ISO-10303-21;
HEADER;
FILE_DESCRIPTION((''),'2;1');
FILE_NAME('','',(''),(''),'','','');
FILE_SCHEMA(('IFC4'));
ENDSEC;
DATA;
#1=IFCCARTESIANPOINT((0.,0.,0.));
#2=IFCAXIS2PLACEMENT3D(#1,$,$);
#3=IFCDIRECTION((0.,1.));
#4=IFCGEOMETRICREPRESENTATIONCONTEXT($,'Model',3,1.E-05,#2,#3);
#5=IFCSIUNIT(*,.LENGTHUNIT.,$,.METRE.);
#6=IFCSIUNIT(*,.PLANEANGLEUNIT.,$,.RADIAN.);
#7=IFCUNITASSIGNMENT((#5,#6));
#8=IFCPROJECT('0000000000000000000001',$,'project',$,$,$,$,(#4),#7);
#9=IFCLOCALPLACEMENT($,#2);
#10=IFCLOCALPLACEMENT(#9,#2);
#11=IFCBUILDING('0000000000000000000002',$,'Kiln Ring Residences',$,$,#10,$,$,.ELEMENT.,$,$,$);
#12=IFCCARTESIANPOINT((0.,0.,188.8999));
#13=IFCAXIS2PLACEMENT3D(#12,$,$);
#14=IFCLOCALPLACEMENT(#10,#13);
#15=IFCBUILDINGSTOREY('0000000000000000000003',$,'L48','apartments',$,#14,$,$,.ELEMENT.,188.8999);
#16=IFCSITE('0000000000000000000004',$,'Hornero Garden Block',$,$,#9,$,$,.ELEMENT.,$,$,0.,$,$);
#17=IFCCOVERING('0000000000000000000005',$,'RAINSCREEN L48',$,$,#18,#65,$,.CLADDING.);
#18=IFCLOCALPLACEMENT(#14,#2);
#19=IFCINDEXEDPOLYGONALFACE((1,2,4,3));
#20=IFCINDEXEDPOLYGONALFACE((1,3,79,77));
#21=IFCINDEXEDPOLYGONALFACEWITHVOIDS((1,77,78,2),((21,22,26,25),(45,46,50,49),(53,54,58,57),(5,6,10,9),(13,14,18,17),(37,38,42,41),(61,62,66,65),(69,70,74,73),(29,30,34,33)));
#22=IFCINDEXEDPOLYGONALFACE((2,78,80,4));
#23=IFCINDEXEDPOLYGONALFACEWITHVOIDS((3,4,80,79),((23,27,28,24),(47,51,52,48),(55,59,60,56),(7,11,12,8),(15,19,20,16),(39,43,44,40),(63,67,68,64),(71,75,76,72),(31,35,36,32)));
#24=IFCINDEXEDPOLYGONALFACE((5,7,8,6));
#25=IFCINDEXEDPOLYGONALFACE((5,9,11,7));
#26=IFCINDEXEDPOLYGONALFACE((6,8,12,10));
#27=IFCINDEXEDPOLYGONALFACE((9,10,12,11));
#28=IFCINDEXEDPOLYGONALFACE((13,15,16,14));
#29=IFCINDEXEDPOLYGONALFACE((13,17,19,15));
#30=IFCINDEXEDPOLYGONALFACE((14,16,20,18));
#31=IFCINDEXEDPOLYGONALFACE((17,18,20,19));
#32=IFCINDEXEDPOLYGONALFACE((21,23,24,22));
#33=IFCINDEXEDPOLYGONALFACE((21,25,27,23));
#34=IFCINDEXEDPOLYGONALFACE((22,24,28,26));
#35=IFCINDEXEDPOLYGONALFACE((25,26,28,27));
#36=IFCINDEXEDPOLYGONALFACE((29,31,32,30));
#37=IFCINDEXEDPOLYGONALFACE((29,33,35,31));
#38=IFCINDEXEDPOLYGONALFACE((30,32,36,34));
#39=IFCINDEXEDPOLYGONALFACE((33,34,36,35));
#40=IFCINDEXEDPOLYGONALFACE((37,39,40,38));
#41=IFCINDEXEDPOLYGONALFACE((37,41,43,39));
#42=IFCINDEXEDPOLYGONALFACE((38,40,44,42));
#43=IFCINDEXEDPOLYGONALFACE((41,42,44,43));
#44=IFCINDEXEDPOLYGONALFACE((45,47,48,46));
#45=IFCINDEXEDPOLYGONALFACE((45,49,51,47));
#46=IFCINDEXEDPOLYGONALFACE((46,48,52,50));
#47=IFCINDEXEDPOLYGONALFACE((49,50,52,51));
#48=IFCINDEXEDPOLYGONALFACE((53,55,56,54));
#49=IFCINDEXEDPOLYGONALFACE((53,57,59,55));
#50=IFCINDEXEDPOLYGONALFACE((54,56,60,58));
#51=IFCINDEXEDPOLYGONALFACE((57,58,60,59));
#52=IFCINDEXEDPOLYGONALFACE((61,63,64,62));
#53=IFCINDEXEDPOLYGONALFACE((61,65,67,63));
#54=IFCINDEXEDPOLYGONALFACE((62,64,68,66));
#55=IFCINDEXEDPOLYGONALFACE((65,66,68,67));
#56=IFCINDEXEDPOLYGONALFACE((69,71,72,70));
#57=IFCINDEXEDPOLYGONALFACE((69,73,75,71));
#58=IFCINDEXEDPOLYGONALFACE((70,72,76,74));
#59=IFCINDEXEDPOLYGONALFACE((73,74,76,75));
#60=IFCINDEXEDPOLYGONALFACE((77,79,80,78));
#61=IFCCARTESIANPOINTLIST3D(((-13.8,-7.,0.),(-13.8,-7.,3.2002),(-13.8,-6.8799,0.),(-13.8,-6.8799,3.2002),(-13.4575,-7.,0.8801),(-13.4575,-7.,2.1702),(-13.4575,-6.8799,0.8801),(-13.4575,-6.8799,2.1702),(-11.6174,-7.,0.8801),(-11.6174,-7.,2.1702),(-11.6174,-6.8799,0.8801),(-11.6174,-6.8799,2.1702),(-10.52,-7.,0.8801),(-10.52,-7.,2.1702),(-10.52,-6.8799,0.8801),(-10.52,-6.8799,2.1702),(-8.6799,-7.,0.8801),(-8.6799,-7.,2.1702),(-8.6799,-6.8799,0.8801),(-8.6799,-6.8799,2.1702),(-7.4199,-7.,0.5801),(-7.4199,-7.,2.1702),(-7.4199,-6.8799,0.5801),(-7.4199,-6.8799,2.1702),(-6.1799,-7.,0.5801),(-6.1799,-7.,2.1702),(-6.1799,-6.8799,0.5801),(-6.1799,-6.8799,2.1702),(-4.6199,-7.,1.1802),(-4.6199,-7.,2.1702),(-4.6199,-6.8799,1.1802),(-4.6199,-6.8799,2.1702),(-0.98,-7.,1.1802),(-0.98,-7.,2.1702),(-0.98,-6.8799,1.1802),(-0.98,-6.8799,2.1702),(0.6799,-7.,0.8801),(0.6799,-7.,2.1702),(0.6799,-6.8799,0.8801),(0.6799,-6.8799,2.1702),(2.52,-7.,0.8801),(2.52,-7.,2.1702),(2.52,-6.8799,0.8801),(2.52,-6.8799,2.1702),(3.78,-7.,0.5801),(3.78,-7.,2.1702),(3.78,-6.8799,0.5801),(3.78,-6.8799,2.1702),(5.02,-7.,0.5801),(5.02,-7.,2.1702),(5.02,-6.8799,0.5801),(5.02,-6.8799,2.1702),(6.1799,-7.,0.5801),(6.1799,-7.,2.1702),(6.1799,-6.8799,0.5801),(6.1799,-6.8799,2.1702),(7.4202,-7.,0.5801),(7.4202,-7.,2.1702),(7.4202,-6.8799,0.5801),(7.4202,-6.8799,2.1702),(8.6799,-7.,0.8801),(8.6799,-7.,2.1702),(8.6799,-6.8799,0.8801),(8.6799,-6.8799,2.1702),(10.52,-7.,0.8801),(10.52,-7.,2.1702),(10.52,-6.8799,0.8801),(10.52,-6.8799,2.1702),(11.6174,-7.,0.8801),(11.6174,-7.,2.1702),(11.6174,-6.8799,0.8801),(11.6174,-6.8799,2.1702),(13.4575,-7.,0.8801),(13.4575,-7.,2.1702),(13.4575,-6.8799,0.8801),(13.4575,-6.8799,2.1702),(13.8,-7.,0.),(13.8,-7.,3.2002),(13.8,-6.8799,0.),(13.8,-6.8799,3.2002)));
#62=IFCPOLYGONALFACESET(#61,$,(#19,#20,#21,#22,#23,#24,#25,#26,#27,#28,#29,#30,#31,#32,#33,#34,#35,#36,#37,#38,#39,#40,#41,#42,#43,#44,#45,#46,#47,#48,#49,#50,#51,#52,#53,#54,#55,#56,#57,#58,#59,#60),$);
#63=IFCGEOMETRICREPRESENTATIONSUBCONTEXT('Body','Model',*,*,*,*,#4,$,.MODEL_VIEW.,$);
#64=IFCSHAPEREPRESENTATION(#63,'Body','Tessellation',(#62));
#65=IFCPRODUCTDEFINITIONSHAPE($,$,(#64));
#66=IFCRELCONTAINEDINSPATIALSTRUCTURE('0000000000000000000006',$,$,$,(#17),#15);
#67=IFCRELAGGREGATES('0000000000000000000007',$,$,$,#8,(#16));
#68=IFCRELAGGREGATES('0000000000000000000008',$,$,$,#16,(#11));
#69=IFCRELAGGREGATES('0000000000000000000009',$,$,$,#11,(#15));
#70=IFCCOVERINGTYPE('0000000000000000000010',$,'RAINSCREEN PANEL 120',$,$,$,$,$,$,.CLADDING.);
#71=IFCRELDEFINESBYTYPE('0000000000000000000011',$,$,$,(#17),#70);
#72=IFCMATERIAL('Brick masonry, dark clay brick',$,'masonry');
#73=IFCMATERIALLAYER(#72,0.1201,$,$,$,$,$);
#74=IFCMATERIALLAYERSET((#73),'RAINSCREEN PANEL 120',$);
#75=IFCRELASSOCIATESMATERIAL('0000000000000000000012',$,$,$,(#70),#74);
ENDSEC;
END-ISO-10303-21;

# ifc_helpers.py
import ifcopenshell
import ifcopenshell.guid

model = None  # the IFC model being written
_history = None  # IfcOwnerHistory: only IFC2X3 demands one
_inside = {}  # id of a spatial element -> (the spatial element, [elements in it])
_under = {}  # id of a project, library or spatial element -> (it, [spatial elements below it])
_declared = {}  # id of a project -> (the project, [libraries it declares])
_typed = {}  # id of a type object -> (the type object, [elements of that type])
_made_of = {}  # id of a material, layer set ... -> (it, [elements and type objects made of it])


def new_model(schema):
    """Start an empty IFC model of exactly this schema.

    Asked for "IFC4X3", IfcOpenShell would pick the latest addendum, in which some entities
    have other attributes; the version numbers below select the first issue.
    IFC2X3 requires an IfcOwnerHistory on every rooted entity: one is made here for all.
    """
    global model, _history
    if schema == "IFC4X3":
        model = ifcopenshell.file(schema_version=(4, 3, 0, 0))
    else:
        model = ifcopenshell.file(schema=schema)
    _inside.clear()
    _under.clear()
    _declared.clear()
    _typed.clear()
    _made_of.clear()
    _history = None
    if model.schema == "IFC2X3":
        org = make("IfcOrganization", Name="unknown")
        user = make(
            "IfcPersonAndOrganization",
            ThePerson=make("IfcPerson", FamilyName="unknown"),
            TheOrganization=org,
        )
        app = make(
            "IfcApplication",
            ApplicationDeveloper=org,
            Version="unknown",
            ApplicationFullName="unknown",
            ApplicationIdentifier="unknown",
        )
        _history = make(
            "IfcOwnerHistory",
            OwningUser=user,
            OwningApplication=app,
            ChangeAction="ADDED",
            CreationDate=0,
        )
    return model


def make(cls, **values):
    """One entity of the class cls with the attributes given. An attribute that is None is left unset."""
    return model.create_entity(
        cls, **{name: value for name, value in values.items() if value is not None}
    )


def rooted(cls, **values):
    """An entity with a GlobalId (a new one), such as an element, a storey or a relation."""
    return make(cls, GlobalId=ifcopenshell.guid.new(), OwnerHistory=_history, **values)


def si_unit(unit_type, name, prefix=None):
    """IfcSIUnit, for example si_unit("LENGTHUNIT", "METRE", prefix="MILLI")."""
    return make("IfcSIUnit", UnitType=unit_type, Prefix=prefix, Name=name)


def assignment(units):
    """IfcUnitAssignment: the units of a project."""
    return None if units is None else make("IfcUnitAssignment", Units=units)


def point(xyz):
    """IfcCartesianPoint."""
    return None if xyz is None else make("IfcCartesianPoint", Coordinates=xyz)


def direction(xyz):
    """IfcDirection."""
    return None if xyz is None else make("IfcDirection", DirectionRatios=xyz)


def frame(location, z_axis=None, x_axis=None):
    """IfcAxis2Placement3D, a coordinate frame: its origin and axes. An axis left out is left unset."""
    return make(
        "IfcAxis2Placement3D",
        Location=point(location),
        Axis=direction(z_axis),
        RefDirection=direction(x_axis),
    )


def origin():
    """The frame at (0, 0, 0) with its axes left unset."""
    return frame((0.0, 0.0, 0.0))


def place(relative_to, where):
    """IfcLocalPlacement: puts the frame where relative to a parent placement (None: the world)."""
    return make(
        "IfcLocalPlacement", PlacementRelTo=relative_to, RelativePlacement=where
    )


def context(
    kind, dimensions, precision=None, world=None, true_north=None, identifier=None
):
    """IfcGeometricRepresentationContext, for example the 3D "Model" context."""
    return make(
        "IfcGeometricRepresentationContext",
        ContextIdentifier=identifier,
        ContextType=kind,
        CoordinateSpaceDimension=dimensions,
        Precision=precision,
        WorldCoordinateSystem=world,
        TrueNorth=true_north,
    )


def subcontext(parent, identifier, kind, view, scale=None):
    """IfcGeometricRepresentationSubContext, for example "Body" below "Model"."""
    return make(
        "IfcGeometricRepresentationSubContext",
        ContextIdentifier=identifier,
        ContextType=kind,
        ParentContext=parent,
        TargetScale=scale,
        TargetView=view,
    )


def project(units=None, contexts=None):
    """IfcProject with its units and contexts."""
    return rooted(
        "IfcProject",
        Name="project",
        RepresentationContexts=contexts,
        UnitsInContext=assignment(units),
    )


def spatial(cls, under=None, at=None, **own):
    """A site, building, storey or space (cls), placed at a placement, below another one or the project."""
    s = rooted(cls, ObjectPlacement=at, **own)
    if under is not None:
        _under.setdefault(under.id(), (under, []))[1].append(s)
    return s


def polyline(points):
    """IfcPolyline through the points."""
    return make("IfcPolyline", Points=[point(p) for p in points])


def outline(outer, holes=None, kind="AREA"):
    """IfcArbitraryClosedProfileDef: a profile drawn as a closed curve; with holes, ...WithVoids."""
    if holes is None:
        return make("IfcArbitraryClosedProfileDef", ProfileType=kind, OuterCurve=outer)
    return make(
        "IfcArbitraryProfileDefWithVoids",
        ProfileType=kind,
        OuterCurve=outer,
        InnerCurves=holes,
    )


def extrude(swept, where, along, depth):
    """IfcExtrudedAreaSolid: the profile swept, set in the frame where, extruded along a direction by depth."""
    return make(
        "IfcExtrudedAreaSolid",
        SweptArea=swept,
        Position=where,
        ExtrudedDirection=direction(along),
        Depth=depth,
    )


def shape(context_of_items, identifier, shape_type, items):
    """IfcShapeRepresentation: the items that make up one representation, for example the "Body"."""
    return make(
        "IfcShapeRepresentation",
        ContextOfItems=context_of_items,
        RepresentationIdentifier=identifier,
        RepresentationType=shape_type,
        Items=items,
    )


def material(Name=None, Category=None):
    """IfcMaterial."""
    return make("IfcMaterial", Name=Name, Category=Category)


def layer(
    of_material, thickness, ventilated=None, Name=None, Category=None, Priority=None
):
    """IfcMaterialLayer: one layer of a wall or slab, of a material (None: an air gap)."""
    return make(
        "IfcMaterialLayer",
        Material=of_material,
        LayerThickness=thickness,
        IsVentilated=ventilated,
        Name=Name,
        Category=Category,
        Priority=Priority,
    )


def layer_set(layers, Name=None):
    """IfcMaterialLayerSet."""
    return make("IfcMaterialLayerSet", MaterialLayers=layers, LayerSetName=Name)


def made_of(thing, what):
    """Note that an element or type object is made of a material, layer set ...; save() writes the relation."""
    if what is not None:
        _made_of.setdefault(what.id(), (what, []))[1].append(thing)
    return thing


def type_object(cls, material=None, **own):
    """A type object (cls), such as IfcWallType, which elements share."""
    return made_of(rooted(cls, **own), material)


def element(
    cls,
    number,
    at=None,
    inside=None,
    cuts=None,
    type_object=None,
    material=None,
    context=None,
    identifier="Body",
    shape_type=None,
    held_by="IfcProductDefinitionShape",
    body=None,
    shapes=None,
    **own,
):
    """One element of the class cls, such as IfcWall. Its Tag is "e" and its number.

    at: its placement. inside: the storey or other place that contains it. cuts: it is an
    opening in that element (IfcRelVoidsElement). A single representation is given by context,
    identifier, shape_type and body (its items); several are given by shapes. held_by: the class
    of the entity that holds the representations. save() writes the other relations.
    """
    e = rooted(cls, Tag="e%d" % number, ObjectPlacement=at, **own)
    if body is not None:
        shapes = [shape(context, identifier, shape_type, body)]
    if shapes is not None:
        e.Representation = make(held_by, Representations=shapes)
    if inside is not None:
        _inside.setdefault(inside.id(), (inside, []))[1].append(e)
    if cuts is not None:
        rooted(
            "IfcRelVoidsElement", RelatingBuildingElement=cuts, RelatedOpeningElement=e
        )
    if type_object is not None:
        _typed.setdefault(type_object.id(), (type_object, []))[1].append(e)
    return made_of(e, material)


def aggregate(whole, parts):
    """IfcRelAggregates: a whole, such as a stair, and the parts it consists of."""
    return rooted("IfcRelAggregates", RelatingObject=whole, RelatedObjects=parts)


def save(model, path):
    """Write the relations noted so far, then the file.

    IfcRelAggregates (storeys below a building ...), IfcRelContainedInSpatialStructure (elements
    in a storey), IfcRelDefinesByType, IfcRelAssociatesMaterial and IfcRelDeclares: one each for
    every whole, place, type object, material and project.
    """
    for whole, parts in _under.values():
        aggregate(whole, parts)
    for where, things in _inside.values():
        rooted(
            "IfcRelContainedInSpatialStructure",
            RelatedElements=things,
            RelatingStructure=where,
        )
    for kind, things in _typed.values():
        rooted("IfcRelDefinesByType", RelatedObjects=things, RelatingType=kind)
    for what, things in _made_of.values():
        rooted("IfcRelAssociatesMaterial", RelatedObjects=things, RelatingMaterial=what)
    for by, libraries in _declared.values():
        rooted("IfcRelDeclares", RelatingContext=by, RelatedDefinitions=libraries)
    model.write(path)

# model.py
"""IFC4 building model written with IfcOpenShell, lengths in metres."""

from ifc_helpers import new_model, si_unit, direction, frame, origin, place, context, subcontext, project, spatial, polyline, outline, extrude, material, layer, layer_set, type_object, element, save


model = new_model("IFC4")

# Units and contexts
model_context = context("Model", 3, precision=1e-05, world=origin(), true_north=direction((0.0, 1.0)))
body_context = subcontext(model_context, "Body", "Model", "MODEL_VIEW")
ifc_project = project(units=[si_unit("LENGTHUNIT", "METRE"), si_unit("PLANEANGLEUNIT", "RADIAN")], contexts=[model_context])

# Site, building, storey
site_placement = place(None, origin())
site = spatial("IfcSite", under=ifc_project, at=site_placement, Name="Hornero Garden Block", CompositionType="ELEMENT", RefElevation=0.0)
building_placement = place(site_placement, origin())
building = spatial("IfcBuilding", under=site, at=building_placement, Name="Kiln Ring Residences", CompositionType="ELEMENT")
storey_placement = place(building_placement, frame((0.0, 0.0, 188.8999)))
storey = spatial("IfcBuildingStorey", under=building, at=storey_placement, Name="L48", Description="apartments", CompositionType="ELEMENT", Elevation=188.8999)

# Covering
ifc_material_1 = material(Name="Brick masonry, dark clay brick", Category="masonry")
ifc_layer_1 = layer(ifc_material_1, 0.1201)
ifc_layer_set_1 = layer_set([ifc_layer_1], Name="RAINSCREEN PANEL 120")
covering_type = type_object("IfcCoveringType", Name="RAINSCREEN PANEL 120", PredefinedType="CLADDING", material=ifc_layer_set_1)
covering_1_placement = place(storey_placement, frame((13.8, -6.9399, 0.0), z_axis=(0.0, 0.0, 1.0), x_axis=(-1.0, 0.0, 0.0)))
element("IfcCovering", 1, at=covering_1_placement, inside=storey, type_object=covering_type, Name="RAINSCREEN L48", PredefinedType="CLADDING", context=body_context, shape_type="SweptSolid", body=[
    extrude(outline(polyline([(0.0, 0.0), (27.6001, 0.0), (27.6001, 3.2002), (0.0, 3.2002), (0.0, 0.0)]), holes=[polyline([(6.3799, 0.5801), (7.6201, 0.5801), (7.6201, 2.1702), (6.3799, 2.1702), (6.3799, 0.5801)]), polyline([(8.78, 0.5801), (10.02, 0.5801), (10.02, 2.1702), (8.78, 2.1702), (8.78, 0.5801)]), polyline([(19.98, 0.5801), (21.22, 0.5801), (21.22, 2.1702), (19.98, 2.1702), (19.98, 0.5801)]), polyline([(0.3425, 0.8801), (2.1826, 0.8801), (2.1826, 2.1702), (0.3425, 2.1702), (0.3425, 0.8801)]), polyline([(3.28, 0.8801), (5.1201, 0.8801), (5.1201, 2.1702), (3.28, 2.1702), (3.28, 0.8801)]), polyline([(11.28, 0.8801), (13.1201, 0.8801), (13.1201, 2.1702), (11.28, 2.1702), (11.28, 0.8801)]), polyline([(22.48, 0.8801), (24.3201, 0.8801), (24.3201, 2.1702), (22.48, 2.1702), (22.48, 0.8801)]), polyline([(25.4175, 2.1702), (25.4175, 0.8801), (27.2576, 0.8801), (27.2576, 2.1702), (25.4175, 2.1702)]), polyline([(14.78, 2.1702), (14.78, 1.1802), (18.4199, 1.1802), (18.4199, 2.1702), (14.78, 2.1702)])]), frame((0.0, 0.0601, 0.0), z_axis=(0.0, -1.0, 0.0), x_axis=(1.0, 0.0, 0.0)), (0.0, 0.0, 1.0), 0.1201),
])

save(model, "model.ifc")
